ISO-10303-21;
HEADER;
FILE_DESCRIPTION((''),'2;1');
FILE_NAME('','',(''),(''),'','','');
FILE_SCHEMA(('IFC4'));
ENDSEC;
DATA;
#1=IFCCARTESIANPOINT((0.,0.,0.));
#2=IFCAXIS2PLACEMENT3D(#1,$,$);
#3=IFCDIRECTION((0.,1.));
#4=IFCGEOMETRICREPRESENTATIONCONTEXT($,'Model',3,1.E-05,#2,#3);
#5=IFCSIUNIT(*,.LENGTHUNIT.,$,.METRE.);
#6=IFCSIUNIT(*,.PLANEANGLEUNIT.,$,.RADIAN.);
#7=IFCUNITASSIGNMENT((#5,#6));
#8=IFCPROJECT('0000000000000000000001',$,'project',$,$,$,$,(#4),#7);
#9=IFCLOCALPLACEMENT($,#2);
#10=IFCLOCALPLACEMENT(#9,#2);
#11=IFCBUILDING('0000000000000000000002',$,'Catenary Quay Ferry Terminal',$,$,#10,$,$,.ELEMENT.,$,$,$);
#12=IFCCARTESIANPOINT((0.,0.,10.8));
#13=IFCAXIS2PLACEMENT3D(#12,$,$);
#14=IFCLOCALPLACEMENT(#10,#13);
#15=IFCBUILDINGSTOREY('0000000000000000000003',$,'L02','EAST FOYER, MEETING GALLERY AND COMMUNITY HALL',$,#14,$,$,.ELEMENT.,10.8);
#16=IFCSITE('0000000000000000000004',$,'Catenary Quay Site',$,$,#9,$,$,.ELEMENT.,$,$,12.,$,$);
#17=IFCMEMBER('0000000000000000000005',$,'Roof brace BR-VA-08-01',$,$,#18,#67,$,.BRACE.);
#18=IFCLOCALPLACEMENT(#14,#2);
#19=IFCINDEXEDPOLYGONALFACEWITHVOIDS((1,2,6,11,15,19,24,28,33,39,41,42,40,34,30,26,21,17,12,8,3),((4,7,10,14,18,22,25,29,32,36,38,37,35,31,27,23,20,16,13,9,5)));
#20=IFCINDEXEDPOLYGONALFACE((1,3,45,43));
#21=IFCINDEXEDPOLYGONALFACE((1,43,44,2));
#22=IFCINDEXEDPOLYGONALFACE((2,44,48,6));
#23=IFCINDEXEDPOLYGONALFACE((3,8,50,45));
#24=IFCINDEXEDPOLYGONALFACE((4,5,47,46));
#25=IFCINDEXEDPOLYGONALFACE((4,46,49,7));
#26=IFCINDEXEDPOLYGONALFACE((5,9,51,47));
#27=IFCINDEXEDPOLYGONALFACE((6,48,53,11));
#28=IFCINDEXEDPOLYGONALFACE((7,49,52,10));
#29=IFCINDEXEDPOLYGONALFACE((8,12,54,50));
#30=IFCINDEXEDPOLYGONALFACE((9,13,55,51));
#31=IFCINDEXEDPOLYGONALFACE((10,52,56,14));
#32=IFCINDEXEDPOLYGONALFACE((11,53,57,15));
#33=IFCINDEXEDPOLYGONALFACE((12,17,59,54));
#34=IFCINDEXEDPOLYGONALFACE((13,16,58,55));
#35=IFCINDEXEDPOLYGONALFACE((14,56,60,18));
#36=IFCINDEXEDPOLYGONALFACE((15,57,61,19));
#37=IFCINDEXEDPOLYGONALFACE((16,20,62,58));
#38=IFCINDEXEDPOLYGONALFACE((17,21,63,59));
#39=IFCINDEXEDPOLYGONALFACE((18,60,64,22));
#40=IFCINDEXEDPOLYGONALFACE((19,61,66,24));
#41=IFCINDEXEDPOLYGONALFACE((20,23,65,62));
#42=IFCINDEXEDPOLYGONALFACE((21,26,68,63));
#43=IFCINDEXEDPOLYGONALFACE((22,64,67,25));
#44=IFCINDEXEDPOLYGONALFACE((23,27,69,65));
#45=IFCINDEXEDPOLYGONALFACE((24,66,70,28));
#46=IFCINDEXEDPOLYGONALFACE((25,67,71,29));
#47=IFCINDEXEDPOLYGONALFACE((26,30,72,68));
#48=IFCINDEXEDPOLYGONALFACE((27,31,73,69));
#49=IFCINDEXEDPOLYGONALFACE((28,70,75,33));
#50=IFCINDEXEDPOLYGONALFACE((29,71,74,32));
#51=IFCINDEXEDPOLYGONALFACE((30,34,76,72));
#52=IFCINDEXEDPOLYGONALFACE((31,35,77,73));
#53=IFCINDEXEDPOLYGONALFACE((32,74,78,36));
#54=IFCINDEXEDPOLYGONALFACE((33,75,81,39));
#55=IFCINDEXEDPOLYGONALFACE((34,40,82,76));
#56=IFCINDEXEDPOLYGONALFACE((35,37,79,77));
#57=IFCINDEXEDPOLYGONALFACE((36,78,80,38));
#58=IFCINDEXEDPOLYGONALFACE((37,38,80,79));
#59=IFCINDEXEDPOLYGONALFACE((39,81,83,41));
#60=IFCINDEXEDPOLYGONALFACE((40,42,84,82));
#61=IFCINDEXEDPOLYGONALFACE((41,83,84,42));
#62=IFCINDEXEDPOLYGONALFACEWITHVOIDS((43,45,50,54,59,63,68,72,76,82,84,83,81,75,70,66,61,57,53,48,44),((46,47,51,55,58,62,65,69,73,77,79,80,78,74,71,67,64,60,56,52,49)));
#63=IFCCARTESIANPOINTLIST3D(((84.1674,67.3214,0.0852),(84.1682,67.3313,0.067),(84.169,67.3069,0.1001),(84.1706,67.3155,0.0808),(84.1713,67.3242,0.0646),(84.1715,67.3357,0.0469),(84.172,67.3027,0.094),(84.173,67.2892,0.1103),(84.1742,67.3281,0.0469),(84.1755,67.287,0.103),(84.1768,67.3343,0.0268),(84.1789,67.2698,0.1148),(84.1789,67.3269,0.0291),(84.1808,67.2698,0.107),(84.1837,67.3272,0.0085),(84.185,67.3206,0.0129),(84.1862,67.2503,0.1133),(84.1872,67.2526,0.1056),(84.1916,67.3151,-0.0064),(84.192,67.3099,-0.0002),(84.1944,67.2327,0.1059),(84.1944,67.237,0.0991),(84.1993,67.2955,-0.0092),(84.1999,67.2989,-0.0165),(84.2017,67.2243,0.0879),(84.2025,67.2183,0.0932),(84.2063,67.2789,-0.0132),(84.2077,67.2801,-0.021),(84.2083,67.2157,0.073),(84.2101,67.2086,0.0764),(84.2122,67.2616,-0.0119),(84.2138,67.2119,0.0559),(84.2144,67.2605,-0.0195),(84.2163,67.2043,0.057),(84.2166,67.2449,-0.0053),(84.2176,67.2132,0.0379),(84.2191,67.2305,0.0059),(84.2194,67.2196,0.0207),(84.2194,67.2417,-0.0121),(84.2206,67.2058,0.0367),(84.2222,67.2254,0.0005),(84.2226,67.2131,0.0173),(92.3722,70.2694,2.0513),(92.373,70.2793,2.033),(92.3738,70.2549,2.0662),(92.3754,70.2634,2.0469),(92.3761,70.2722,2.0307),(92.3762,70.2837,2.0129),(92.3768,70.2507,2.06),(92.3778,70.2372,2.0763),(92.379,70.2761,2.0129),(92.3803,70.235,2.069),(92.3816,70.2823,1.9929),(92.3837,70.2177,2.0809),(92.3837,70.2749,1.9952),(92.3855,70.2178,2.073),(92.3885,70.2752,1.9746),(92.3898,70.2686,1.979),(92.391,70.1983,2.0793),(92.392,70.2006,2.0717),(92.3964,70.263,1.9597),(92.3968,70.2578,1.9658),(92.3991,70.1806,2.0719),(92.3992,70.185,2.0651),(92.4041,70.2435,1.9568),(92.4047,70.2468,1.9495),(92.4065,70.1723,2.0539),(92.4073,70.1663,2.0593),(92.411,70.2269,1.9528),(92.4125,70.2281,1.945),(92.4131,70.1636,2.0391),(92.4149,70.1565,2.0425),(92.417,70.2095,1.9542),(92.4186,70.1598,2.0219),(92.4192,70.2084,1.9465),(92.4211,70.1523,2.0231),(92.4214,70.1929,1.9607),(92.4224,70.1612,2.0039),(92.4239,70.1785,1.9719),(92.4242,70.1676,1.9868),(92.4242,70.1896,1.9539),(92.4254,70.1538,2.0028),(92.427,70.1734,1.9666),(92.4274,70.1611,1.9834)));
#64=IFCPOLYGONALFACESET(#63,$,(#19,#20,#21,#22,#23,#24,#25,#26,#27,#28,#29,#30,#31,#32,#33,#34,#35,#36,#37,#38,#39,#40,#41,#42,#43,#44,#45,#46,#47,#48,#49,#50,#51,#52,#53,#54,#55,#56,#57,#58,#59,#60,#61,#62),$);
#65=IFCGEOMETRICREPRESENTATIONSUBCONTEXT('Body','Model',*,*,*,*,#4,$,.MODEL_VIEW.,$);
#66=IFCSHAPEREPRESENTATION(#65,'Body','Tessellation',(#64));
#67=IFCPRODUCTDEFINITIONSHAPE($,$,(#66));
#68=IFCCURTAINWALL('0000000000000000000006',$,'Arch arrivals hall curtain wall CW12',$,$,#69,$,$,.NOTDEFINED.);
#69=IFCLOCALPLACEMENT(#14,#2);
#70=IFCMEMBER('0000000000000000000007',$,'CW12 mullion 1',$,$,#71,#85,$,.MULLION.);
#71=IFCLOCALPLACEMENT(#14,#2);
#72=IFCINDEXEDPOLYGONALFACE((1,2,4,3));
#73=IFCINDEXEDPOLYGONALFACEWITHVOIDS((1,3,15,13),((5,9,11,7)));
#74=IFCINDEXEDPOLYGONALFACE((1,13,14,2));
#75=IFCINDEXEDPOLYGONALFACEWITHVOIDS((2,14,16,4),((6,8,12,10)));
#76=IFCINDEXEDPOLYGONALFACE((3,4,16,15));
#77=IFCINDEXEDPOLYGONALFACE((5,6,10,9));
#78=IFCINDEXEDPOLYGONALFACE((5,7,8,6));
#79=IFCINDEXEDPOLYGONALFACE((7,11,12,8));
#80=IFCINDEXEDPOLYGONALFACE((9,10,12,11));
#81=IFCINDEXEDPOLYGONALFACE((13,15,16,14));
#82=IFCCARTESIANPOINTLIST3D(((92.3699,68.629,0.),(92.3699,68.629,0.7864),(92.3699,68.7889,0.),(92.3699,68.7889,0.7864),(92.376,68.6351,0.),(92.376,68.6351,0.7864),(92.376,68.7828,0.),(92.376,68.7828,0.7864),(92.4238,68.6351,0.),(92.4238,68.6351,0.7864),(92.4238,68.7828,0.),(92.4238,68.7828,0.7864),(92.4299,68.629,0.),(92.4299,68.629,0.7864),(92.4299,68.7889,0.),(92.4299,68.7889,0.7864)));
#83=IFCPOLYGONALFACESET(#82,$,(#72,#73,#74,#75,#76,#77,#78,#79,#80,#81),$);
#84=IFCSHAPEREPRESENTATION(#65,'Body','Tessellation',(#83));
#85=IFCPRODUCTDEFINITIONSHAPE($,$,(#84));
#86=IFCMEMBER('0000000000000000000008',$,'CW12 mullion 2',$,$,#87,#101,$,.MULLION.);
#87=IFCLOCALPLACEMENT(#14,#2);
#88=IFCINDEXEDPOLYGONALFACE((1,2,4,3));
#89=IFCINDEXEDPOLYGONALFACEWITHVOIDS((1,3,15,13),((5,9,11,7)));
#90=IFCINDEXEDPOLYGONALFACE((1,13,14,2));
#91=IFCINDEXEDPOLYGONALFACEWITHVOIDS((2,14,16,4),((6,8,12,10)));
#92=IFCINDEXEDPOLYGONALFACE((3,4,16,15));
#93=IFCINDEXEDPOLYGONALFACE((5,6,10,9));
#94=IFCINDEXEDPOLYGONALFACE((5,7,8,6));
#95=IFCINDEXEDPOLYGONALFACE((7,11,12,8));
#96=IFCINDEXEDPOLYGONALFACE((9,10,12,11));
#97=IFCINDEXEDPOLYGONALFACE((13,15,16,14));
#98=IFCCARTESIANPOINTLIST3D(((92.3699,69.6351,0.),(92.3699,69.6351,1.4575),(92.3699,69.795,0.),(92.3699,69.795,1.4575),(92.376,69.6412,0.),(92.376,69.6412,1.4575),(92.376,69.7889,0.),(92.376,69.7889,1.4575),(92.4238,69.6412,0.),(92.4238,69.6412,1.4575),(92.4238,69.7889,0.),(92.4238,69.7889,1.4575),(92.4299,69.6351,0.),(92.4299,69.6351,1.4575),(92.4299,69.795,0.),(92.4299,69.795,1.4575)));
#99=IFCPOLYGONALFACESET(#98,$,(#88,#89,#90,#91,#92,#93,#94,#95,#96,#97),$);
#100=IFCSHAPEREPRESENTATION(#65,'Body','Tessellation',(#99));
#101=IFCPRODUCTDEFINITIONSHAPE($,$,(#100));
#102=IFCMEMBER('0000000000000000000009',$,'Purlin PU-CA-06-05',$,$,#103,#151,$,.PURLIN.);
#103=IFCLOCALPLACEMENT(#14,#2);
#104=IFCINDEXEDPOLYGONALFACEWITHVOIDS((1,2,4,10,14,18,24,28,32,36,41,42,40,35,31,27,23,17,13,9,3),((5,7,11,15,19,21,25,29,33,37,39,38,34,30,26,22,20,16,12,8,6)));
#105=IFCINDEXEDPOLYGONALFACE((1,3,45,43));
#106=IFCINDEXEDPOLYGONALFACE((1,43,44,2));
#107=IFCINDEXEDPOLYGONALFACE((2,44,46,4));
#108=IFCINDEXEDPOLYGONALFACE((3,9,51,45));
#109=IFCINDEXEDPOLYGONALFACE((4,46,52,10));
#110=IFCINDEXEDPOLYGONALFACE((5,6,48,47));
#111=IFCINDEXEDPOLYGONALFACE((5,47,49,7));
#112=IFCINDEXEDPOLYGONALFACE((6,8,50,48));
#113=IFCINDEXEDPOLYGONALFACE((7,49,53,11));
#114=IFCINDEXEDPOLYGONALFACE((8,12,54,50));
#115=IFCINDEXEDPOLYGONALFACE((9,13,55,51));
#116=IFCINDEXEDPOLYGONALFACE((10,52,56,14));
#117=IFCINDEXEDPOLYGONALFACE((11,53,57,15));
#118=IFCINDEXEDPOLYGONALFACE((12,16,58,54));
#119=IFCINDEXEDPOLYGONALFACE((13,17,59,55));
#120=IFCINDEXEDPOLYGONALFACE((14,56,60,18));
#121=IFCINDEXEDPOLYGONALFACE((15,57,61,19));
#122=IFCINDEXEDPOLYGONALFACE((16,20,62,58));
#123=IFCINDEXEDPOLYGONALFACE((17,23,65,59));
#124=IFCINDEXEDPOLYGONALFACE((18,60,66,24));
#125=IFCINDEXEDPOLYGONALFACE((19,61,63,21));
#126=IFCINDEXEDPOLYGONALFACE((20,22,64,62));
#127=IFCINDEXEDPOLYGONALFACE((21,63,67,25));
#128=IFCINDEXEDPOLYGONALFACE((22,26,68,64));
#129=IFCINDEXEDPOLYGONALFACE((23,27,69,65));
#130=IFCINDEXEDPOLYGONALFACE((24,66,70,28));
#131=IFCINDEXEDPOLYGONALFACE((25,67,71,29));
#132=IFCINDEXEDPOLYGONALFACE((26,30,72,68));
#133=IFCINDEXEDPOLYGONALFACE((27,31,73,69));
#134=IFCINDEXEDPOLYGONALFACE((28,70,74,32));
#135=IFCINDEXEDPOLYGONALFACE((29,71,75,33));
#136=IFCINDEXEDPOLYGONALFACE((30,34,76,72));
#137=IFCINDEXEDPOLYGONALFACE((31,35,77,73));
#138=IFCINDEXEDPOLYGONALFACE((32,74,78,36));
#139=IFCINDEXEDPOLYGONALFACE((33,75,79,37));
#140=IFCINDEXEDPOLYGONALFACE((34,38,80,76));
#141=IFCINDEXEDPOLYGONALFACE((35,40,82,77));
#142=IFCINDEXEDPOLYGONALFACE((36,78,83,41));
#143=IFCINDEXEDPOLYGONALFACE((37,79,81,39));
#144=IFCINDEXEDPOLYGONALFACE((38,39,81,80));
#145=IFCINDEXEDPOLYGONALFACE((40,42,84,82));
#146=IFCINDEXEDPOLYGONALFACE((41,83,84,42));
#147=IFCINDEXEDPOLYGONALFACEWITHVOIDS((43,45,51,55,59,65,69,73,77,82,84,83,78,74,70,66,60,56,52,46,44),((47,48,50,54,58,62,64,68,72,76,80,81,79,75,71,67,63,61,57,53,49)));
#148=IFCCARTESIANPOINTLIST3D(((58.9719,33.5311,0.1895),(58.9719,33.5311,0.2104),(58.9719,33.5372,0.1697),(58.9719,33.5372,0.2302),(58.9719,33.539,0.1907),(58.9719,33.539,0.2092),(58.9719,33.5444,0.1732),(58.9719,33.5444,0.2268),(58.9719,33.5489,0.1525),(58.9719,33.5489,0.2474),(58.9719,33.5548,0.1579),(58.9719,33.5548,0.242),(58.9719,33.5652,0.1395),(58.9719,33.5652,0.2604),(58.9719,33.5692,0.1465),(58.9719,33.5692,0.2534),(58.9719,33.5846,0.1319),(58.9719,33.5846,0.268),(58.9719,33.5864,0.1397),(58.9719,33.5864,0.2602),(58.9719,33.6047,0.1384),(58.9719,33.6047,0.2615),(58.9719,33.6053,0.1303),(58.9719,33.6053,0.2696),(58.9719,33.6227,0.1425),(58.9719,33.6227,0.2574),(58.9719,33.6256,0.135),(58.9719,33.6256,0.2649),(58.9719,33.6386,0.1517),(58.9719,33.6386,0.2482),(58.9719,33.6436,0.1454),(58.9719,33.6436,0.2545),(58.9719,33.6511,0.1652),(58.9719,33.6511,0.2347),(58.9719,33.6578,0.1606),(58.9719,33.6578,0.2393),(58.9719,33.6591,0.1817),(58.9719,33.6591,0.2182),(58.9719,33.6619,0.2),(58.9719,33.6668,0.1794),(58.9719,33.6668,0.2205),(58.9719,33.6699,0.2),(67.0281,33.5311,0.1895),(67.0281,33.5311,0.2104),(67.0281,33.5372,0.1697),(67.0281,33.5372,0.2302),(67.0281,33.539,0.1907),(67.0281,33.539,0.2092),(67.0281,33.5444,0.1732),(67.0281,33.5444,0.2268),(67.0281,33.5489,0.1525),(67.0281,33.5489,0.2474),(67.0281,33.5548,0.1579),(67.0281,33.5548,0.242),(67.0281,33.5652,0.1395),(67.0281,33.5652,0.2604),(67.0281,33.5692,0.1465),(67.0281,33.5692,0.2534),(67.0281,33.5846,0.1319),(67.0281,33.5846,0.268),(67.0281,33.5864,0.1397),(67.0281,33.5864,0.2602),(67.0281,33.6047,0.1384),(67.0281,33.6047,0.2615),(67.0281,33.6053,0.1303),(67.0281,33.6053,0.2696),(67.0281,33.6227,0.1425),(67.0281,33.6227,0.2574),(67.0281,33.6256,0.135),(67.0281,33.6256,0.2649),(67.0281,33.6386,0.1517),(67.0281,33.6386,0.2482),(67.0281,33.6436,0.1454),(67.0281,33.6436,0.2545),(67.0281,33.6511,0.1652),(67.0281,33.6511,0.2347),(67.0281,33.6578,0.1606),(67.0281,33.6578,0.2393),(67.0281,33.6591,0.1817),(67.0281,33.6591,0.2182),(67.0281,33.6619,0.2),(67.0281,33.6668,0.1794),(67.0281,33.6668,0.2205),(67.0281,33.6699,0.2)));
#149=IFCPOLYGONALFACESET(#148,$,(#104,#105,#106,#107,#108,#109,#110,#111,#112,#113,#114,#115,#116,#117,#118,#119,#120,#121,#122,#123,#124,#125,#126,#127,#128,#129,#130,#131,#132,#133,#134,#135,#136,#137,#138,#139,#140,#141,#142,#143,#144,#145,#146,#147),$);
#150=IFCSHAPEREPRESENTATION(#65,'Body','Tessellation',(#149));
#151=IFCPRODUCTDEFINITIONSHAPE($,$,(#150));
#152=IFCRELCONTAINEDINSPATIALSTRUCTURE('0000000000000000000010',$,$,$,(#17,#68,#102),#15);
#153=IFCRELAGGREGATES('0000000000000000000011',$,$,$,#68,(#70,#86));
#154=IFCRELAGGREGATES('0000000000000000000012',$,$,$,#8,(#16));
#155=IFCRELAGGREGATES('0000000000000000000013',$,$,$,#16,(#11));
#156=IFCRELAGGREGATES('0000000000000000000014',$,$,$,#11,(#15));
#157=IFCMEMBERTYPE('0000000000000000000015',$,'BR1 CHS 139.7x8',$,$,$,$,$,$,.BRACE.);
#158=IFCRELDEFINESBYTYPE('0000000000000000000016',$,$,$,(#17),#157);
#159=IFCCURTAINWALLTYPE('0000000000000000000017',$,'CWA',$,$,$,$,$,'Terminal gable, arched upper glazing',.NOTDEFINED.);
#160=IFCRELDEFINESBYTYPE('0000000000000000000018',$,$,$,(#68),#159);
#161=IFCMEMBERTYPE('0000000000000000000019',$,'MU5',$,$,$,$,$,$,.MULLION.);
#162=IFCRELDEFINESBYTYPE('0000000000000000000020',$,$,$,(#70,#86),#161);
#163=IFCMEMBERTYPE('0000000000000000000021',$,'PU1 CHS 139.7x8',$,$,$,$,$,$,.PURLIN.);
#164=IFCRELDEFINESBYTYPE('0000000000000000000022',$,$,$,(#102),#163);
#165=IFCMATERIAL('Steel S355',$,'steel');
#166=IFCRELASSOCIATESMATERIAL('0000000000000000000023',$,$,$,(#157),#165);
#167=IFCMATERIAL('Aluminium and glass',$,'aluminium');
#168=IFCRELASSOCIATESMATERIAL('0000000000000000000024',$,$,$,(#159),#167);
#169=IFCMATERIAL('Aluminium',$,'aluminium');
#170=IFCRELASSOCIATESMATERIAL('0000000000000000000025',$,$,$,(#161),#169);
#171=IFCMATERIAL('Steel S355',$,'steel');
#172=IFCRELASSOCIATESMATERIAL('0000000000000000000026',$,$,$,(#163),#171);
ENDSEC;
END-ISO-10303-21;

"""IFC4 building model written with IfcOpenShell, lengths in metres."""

from ifc_helpers import new_model, si_unit, direction, frame, origin, origin_2d, place, context, subcontext, project, spatial, hollow_rectangle, hollow_circle, extrude, material, material_profile, profile_set, type_object, element, aggregate, save


model = new_model("IFC4")

# Units and contexts
model_context = context("Model", 3, precision=1e-05, world=origin(), true_north=direction((0.0, 1.0)))
body_context = subcontext(model_context, "Body", "Model", "MODEL_VIEW")
ifc_project = project(units=[si_unit("LENGTHUNIT", "METRE"), si_unit("PLANEANGLEUNIT", "RADIAN")], contexts=[model_context])

# Site, building, storey
site_placement = place(None, origin())
site = spatial("IfcSite", under=ifc_project, at=site_placement, Name="Catenary Quay Site", CompositionType="ELEMENT", RefElevation=12.0)
building_placement = place(site_placement, origin())
building = spatial("IfcBuilding", under=site, at=building_placement, Name="Catenary Quay Ferry Terminal", CompositionType="ELEMENT")
storey_placement = place(building_placement, frame((0.0, 0.0, 10.8)))
storey = spatial("IfcBuildingStorey", under=building, at=storey_placement, Name="L02", Description="EAST FOYER, MEETING GALLERY AND COMMUNITY HALL", CompositionType="ELEMENT", Elevation=10.8)

# Member
ifc_material_1 = material(Name="Steel S355", Category="steel")
ifc_material_profile_1 = material_profile(ifc_material_1, hollow_circle(Radius=0.0698, WallThickness=0.0081, at=origin_2d()), Name="CHS 139.7x8")
ifc_profile_set_1 = profile_set([ifc_material_profile_1], Name="Steel S355")
member_type_1 = type_object("IfcMemberType", Name="BR1 CHS 139.7x8", PredefinedType="BRACE", material=ifc_profile_set_1)
member_1_placement = place(storey_placement, frame((84.1951, 67.27, 0.0469), z_axis=(0.918044, 0.329853, 0.219984), x_axis=(-0.338136, 0.941097, 0.0)))
element("IfcMember", 1, at=member_1_placement, inside=storey, type_object=member_type_1, Name="Roof brace BR-VA-08-01", PredefinedType="BRACE", context=body_context, shape_type="SweptSolid", body=[
    extrude(hollow_circle(Radius=0.0698, WallThickness=0.0081, at=origin_2d()), origin(), (0.0, 0.0, 1.0), 8.9373),
])

# Curtain wall, members
ifc_material_2 = material(Name="Aluminium and glass", Category="aluminium")
curtain_wall_type = type_object("IfcCurtainWallType", Name="CWA", ElementType="Terminal gable, arched upper glazing", PredefinedType="NOTDEFINED", material=ifc_material_2)
curtain_wall_placement = place(storey_placement, origin())
curtain_wall = element("IfcCurtainWall", 2, at=curtain_wall_placement, inside=storey, type_object=curtain_wall_type, Name="Arch arrivals hall curtain wall CW12", PredefinedType="NOTDEFINED")
ifc_material_3 = material(Name="Aluminium", Category="aluminium")
ifc_material_profile_2 = material_profile(ifc_material_3, hollow_rectangle(XDim=0.0601, YDim=0.1599, WallThickness=0.0061, at=origin_2d()), Name="MU5")
ifc_profile_set_2 = profile_set([ifc_material_profile_2], Name="Aluminium")
member_type_2 = type_object("IfcMemberType", Name="MU5", PredefinedType="MULLION", material=ifc_profile_set_2)
member_2_placement = place(storey_placement, frame((92.3999, 68.709, 0.0), z_axis=(0.0, 0.0, 1.0), x_axis=(-1.0, 0.0, 0.0)))
member_2 = element("IfcMember", 3, at=member_2_placement, type_object=member_type_2, Name="CW12 mullion 1", PredefinedType="MULLION", context=body_context, shape_type="SweptSolid", body=[
    extrude(hollow_rectangle(XDim=0.0601, YDim=0.1599, WallThickness=0.0061, at=origin_2d()), origin(), (0.0, 0.0, 1.0), 0.7864),
])
member_3_placement = place(storey_placement, frame((92.3999, 69.7151, 0.0), z_axis=(0.0, 0.0, 1.0), x_axis=(-1.0, 0.0, 0.0)))
member_3 = element("IfcMember", 4, at=member_3_placement, type_object=member_type_2, Name="CW12 mullion 2", PredefinedType="MULLION", context=body_context, shape_type="SweptSolid", body=[
    extrude(hollow_rectangle(XDim=0.0601, YDim=0.1599, WallThickness=0.0061, at=origin_2d()), origin(), (0.0, 0.0, 1.0), 1.4575),
])

# Member
ifc_material_4 = material(Name="Steel S355", Category="steel")
ifc_material_profile_3 = material_profile(ifc_material_4, hollow_circle(Radius=0.0698, WallThickness=0.0081, at=origin_2d()), Name="CHS 139.7x8")
ifc_profile_set_3 = profile_set([ifc_material_profile_3], Name="Steel S355")
member_type_3 = type_object("IfcMemberType", Name="PU1 CHS 139.7x8", PredefinedType="PURLIN", material=ifc_profile_set_3)
member_4_placement = place(storey_placement, frame((58.9719, 33.6001, 0.2), z_axis=(1.0, 0.0, 0.0), x_axis=(0.0, 1.0, 0.0)))
element("IfcMember", 5, at=member_4_placement, inside=storey, type_object=member_type_3, Name="Purlin PU-CA-06-05", PredefinedType="PURLIN", context=body_context, shape_type="SweptSolid", body=[
    extrude(hollow_circle(Radius=0.0698, WallThickness=0.0081, at=origin_2d()), origin(), (0.0, 0.0, 1.0), 8.0562),
])

aggregate(curtain_wall, [member_2, member_3])

save(model, "model.ifc")
